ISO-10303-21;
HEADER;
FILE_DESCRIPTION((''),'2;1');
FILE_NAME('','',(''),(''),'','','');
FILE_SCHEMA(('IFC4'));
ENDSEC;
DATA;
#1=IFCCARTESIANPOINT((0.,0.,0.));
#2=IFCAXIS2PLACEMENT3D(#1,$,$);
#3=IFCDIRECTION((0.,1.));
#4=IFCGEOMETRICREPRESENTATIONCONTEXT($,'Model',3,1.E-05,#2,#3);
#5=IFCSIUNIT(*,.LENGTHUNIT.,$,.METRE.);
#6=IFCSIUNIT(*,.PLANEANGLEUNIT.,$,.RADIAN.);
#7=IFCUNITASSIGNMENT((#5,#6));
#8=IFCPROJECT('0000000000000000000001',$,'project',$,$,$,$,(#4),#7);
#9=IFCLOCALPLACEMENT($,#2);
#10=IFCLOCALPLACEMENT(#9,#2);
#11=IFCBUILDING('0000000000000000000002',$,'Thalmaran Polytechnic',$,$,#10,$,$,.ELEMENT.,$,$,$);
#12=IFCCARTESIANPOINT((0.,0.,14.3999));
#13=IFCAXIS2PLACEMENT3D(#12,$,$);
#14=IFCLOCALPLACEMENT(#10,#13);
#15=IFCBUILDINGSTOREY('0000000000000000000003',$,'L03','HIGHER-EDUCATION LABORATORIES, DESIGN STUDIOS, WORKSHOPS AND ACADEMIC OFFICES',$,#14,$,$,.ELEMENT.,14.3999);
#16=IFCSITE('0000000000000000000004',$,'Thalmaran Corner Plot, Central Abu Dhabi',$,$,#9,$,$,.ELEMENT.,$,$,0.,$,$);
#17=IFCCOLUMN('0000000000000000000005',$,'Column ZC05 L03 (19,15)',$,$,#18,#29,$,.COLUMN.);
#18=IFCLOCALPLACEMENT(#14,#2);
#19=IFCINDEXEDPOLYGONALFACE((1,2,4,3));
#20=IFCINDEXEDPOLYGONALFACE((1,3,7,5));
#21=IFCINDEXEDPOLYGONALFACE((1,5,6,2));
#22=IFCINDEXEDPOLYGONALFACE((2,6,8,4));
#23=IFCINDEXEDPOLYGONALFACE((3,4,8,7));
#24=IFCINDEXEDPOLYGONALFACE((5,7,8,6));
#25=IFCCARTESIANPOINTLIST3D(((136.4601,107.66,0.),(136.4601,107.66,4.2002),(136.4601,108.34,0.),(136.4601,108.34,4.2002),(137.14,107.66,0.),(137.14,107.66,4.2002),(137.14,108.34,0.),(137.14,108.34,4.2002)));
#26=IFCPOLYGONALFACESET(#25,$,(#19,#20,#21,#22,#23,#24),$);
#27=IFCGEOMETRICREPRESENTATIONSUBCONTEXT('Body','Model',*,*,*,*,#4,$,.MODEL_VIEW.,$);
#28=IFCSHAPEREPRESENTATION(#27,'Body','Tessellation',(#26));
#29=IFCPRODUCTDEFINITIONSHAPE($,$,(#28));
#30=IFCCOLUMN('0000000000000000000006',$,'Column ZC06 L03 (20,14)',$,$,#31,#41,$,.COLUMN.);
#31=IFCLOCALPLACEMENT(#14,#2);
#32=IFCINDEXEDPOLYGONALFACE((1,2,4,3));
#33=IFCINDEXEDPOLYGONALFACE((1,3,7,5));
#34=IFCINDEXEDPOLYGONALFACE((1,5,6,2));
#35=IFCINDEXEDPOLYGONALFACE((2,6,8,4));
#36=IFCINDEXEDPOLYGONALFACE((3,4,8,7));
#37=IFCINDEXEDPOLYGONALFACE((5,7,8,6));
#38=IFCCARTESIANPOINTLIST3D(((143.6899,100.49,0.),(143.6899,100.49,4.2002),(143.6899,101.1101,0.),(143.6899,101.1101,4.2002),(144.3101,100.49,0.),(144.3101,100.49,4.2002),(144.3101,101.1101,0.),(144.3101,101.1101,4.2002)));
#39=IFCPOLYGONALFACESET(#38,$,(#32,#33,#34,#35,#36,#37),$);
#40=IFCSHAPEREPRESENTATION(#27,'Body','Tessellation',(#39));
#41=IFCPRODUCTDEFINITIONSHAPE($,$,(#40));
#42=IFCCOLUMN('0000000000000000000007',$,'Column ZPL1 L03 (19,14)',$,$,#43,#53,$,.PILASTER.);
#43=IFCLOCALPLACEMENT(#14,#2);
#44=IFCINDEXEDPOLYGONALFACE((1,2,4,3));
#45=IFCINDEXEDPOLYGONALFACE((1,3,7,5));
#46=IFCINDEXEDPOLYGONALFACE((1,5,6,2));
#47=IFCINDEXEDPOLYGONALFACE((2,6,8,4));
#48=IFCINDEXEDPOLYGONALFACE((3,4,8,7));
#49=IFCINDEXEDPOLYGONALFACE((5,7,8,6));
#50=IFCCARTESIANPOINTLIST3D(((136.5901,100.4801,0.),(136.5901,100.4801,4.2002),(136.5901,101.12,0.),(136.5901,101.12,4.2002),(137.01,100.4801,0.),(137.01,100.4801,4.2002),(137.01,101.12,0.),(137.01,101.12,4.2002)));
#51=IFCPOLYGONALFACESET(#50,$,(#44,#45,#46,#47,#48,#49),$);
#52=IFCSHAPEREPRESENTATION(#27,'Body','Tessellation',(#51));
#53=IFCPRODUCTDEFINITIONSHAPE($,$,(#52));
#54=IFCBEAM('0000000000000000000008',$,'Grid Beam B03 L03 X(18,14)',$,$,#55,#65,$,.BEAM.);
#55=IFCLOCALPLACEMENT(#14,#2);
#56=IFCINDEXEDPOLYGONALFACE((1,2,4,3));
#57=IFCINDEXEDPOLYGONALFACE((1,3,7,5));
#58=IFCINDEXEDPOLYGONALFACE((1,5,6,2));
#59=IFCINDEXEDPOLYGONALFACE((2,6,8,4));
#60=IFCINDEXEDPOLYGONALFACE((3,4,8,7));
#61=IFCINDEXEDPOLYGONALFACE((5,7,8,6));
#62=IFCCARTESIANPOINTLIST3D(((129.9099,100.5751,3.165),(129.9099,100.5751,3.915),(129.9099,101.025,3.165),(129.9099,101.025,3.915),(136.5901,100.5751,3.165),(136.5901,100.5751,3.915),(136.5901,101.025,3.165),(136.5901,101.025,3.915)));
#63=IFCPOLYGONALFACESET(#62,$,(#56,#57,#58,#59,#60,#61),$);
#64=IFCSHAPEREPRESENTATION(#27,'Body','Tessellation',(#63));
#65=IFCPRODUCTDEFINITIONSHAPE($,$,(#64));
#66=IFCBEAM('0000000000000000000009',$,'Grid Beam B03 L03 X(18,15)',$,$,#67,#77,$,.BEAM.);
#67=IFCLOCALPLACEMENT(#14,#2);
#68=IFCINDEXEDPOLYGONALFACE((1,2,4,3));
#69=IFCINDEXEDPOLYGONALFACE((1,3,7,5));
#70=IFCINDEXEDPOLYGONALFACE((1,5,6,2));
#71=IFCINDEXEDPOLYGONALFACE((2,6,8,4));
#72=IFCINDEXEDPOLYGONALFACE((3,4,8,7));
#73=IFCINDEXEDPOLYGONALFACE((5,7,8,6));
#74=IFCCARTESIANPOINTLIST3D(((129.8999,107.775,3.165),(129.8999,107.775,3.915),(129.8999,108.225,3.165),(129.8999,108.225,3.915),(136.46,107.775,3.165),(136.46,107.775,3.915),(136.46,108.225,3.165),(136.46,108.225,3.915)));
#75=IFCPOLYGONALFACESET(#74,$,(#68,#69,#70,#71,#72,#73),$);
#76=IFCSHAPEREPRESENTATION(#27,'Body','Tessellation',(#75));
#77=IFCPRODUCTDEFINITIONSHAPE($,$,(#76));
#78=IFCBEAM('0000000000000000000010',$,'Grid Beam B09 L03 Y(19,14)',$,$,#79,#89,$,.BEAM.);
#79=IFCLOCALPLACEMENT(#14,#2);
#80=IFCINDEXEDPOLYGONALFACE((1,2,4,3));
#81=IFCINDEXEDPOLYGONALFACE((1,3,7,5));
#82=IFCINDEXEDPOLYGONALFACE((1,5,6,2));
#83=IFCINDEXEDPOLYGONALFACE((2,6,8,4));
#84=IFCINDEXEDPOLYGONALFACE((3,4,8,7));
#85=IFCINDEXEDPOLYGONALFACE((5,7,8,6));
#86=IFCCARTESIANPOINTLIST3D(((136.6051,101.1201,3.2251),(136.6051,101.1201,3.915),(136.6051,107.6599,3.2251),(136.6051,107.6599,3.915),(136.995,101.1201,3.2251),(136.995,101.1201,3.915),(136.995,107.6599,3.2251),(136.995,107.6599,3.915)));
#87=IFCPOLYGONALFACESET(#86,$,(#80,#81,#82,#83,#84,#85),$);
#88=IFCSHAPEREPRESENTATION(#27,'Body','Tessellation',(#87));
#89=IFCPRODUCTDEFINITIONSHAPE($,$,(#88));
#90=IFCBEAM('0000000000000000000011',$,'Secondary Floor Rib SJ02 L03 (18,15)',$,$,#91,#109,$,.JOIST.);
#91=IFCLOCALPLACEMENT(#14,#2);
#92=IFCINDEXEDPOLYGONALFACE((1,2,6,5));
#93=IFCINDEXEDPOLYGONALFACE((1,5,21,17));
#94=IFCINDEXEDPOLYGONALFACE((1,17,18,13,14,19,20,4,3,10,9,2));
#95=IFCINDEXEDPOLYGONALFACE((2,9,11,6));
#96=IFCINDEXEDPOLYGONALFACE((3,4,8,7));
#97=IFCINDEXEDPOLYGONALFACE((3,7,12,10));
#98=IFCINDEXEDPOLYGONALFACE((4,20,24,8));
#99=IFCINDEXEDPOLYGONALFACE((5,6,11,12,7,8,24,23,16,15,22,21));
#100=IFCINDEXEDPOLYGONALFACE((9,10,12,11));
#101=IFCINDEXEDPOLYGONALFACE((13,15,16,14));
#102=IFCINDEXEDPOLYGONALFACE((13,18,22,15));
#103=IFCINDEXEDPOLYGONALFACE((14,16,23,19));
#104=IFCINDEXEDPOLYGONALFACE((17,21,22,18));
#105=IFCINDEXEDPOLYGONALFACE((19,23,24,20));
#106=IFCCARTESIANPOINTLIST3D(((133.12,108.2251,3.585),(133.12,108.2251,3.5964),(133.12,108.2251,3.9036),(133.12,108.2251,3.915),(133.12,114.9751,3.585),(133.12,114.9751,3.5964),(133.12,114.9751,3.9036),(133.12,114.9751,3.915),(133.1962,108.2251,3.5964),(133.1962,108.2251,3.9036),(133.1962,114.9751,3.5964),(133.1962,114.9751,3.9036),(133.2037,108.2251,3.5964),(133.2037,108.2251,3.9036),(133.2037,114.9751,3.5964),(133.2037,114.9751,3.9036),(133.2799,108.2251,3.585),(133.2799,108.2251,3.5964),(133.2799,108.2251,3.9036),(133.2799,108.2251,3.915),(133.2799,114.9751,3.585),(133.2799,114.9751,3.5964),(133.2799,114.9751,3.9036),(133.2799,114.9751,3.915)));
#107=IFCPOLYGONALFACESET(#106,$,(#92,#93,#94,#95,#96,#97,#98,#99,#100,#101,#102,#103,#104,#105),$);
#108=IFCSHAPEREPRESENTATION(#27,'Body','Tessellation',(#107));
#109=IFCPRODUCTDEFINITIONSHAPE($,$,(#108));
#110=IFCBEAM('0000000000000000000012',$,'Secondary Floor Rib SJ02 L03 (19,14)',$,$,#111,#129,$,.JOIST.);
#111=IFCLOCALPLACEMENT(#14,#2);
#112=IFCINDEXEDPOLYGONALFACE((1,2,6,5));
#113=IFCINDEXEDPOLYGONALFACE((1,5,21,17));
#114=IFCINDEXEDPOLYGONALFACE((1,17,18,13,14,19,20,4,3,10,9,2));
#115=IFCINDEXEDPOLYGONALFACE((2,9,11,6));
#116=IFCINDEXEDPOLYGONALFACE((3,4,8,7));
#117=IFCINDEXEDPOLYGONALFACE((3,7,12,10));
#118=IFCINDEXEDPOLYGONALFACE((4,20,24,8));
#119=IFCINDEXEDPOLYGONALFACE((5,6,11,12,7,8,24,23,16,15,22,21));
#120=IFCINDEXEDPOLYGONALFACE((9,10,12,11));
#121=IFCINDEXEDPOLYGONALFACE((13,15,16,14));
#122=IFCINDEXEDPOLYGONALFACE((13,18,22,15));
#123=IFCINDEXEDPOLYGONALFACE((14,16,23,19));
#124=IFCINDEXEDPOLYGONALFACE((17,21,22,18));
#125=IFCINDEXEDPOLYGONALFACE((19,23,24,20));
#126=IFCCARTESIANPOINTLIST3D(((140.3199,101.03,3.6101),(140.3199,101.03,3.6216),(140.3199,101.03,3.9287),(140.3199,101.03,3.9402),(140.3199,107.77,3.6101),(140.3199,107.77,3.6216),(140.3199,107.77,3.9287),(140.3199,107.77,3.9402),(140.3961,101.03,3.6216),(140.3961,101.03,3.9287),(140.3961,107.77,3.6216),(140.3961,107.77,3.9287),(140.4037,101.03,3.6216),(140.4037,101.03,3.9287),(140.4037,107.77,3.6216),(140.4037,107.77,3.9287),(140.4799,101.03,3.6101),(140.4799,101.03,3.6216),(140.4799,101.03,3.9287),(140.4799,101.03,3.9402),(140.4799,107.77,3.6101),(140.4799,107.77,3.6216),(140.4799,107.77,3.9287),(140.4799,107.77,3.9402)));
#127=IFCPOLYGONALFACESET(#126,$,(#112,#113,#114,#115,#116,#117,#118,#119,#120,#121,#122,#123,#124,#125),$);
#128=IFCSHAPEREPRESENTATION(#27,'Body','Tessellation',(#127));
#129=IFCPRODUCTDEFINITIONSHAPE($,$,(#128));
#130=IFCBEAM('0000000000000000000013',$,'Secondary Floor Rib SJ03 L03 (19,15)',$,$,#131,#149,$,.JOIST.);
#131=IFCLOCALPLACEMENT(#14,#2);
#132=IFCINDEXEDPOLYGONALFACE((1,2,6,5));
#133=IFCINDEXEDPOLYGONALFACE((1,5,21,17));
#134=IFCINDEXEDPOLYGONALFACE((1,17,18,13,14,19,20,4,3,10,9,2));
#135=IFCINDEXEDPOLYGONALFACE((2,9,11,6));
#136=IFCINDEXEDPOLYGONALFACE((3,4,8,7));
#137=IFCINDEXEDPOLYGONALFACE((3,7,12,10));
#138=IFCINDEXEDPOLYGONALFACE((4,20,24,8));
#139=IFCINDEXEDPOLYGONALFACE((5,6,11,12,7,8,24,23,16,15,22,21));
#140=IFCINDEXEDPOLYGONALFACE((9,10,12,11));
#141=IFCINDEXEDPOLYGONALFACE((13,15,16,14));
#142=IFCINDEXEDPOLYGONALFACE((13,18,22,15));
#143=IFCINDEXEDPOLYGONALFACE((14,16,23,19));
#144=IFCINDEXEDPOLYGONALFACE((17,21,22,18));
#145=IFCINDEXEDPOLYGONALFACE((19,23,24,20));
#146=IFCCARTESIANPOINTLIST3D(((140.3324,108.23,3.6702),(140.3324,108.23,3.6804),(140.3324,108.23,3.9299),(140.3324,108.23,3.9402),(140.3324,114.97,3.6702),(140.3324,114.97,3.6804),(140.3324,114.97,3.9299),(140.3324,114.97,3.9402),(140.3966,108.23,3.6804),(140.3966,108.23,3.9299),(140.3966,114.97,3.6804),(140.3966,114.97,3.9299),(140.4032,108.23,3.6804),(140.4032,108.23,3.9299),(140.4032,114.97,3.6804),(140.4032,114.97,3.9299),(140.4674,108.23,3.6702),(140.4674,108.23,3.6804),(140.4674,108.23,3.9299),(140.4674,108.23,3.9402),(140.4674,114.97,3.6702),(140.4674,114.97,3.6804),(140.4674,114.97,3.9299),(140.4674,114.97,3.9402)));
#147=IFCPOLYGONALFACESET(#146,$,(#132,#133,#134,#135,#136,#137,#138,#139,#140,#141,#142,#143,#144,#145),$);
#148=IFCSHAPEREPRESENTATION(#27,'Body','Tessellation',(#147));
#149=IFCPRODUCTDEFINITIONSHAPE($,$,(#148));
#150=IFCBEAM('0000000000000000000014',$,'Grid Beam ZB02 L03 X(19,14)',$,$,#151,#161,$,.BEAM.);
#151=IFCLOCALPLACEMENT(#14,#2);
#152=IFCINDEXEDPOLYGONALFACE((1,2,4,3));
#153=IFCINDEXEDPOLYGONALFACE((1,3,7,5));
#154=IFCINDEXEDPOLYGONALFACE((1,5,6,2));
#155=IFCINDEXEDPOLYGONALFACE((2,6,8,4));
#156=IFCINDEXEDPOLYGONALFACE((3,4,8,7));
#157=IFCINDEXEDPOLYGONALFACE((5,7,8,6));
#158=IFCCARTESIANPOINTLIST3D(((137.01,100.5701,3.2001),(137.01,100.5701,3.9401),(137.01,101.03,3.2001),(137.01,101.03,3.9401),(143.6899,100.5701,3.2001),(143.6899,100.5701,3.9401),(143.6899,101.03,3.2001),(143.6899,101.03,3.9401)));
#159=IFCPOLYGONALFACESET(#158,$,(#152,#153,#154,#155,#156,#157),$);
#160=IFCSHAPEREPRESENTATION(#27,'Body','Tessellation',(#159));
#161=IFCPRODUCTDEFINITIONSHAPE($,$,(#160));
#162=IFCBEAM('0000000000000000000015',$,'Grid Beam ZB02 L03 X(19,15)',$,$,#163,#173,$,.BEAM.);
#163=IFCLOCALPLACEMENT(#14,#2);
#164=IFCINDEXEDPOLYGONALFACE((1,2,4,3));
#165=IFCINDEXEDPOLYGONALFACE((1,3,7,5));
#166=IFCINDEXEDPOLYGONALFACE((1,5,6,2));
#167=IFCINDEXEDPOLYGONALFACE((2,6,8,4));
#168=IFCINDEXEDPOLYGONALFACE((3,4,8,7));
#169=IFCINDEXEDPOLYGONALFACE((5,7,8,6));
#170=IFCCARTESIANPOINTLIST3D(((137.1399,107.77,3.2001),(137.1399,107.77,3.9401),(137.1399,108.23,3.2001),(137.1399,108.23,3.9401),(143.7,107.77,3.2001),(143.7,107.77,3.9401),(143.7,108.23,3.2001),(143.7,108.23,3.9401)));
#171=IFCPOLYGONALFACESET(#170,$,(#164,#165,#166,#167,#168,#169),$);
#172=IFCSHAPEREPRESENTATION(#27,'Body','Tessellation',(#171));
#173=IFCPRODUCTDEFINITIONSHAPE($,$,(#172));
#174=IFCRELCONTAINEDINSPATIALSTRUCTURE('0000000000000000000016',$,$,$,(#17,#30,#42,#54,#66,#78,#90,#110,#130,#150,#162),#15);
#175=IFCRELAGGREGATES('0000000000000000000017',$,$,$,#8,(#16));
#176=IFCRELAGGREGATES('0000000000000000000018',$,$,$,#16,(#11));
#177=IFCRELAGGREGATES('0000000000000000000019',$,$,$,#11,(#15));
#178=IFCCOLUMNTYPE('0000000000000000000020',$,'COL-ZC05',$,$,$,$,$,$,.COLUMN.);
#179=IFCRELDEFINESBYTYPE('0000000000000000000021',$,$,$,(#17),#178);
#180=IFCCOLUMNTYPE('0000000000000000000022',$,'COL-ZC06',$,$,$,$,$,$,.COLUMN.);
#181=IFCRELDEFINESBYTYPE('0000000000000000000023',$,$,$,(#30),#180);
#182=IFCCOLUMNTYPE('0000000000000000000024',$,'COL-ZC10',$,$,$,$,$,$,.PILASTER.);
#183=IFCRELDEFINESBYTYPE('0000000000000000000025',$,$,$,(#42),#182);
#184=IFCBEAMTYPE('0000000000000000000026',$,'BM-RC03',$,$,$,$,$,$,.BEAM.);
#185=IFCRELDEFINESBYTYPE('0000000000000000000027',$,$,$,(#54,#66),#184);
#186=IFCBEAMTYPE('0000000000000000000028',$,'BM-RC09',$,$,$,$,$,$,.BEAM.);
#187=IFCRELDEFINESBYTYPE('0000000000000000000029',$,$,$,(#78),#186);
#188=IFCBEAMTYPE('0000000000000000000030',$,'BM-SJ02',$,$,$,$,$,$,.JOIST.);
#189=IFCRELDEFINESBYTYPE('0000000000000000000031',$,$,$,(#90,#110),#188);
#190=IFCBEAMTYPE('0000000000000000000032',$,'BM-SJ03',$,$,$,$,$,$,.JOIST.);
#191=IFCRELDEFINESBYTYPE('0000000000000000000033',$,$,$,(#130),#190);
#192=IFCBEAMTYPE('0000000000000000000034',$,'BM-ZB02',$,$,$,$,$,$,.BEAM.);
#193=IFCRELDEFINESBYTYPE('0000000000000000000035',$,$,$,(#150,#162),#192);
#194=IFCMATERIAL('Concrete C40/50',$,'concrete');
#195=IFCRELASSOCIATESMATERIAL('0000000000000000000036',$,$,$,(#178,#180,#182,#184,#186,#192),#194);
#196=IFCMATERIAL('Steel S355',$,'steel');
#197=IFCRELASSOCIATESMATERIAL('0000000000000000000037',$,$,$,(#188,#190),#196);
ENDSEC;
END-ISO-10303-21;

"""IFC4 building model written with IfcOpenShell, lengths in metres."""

from ifc_helpers import new_model, si_unit, direction, frame, origin, origin_2d, place, context, subcontext, project, spatial, rectangle, i_section, extrude, material, material_profile, profile_set, type_object, element, save


model = new_model("IFC4")

# Units and contexts
model_context = context("Model", 3, precision=1e-05, world=origin(), true_north=direction((0.0, 1.0)))
body_context = subcontext(model_context, "Body", "Model", "MODEL_VIEW")
ifc_project = project(units=[si_unit("LENGTHUNIT", "METRE"), si_unit("PLANEANGLEUNIT", "RADIAN")], contexts=[model_context])

# Site, building, storey
site_placement = place(None, origin())
site = spatial("IfcSite", under=ifc_project, at=site_placement, Name="Thalmaran Corner Plot, Central Abu Dhabi", CompositionType="ELEMENT", RefElevation=0.0)
building_placement = place(site_placement, origin())
building = spatial("IfcBuilding", under=site, at=building_placement, Name="Thalmaran Polytechnic", CompositionType="ELEMENT")
storey_placement = place(building_placement, frame((0.0, 0.0, 14.3999)))
storey = spatial("IfcBuildingStorey", under=building, at=storey_placement, Name="L03", Description="HIGHER-EDUCATION LABORATORIES, DESIGN STUDIOS, WORKSHOPS AND ACADEMIC OFFICES", CompositionType="ELEMENT", Elevation=14.3999)

# Columns
ifc_material_1 = material(Name="Concrete C40/50", Category="concrete")
ifc_material_profile_1 = material_profile(ifc_material_1, rectangle(XDim=0.6799, YDim=0.6799, at=origin_2d()), Name="RC 680x680")
ifc_profile_set_1 = profile_set([ifc_material_profile_1], Name="Concrete C40/50")
column_type_1 = type_object("IfcColumnType", Name="COL-ZC05", PredefinedType="COLUMN", material=ifc_profile_set_1)
column_1_placement = place(storey_placement, frame((136.8, 108.0, 0.0), z_axis=(0.0, 0.0, 1.0), x_axis=(1.0, 0.0, 0.0)))
element("IfcColumn", 1, at=column_1_placement, inside=storey, type_object=column_type_1, Name="Column ZC05 L03 (19,15)", PredefinedType="COLUMN", context=body_context, shape_type="SweptSolid", body=[
    extrude(rectangle(XDim=0.6799, YDim=0.6799, at=origin_2d()), origin(), (0.0, 0.0, 1.0), 4.2002),
])
ifc_material_profile_2 = material_profile(ifc_material_1, rectangle(XDim=0.6201, YDim=0.6201, at=origin_2d()), Name="RC 620x620")
ifc_profile_set_2 = profile_set([ifc_material_profile_2], Name="Concrete C40/50")
column_type_2 = type_object("IfcColumnType", Name="COL-ZC06", PredefinedType="COLUMN", material=ifc_profile_set_2)
column_2_placement = place(storey_placement, frame((144.0, 100.8, 0.0), z_axis=(0.0, 0.0, 1.0), x_axis=(1.0, 0.0, 0.0)))
element("IfcColumn", 2, at=column_2_placement, inside=storey, type_object=column_type_2, Name="Column ZC06 L03 (20,14)", PredefinedType="COLUMN", context=body_context, shape_type="SweptSolid", body=[
    extrude(rectangle(XDim=0.6201, YDim=0.6201, at=origin_2d()), origin(), (0.0, 0.0, 1.0), 4.2002),
])
ifc_material_profile_3 = material_profile(ifc_material_1, rectangle(XDim=0.4199, YDim=0.6399, at=origin_2d()), Name="RC 420x640")
ifc_profile_set_3 = profile_set([ifc_material_profile_3], Name="Concrete C40/50")
column_type_3 = type_object("IfcColumnType", Name="COL-ZC10", PredefinedType="PILASTER", material=ifc_profile_set_3)
column_3_placement = place(storey_placement, frame((136.8, 100.8, 0.0), z_axis=(0.0, 0.0, 1.0), x_axis=(1.0, 0.0, 0.0)))
element("IfcColumn", 3, at=column_3_placement, inside=storey, type_object=column_type_3, Name="Column ZPL1 L03 (19,14)", PredefinedType="PILASTER", context=body_context, shape_type="SweptSolid", body=[
    extrude(rectangle(XDim=0.4199, YDim=0.6399, at=origin_2d()), origin(), (0.0, 0.0, 1.0), 4.2002),
])

# Beams
ifc_material_profile_4 = material_profile(ifc_material_1, rectangle(XDim=0.45, YDim=0.75, at=origin_2d()), Name="RC 450x750")
ifc_profile_set_4 = profile_set([ifc_material_profile_4], Name="Concrete C40/50")
beam_type_1 = type_object("IfcBeamType", Name="BM-RC03", PredefinedType="BEAM", material=ifc_profile_set_4)
beam_1_placement = place(storey_placement, frame((129.9099, 100.8, 3.54), z_axis=(1.0, 0.0, 0.0), x_axis=(0.0, 1.0, 0.0)))
element("IfcBeam", 4, at=beam_1_placement, inside=storey, type_object=beam_type_1, Name="Grid Beam B03 L03 X(18,14)", PredefinedType="BEAM", context=body_context, shape_type="SweptSolid", body=[
    extrude(rectangle(XDim=0.45, YDim=0.75, at=origin_2d()), origin(), (0.0, 0.0, 1.0), 6.6802),
])
beam_2_placement = place(storey_placement, frame((129.8999, 108.0, 3.54), z_axis=(1.0, 0.0, 0.0), x_axis=(0.0, 1.0, 0.0)))
element("IfcBeam", 5, at=beam_2_placement, inside=storey, type_object=beam_type_1, Name="Grid Beam B03 L03 X(18,15)", PredefinedType="BEAM", context=body_context, shape_type="SweptSolid", body=[
    extrude(rectangle(XDim=0.45, YDim=0.75, at=origin_2d()), origin(), (0.0, 0.0, 1.0), 6.5601),
])
ifc_material_profile_5 = material_profile(ifc_material_1, rectangle(XDim=0.3899, YDim=0.6899, at=origin_2d()), Name="RC 390x690")
ifc_profile_set_5 = profile_set([ifc_material_profile_5], Name="Concrete C40/50")
beam_type_2 = type_object("IfcBeamType", Name="BM-RC09", PredefinedType="BEAM", material=ifc_profile_set_5)
beam_3_placement = place(storey_placement, frame((136.8, 101.1201, 3.5701), z_axis=(0.0, 1.0, 0.0), x_axis=(-1.0, 0.0, 0.0)))
element("IfcBeam", 6, at=beam_3_placement, inside=storey, type_object=beam_type_2, Name="Grid Beam B09 L03 Y(19,14)", PredefinedType="BEAM", context=body_context, shape_type="SweptSolid", body=[
    extrude(rectangle(XDim=0.3899, YDim=0.6899, at=origin_2d()), origin(), (0.0, 0.0, 1.0), 6.5398),
])
ifc_material_2 = material(Name="Steel S355", Category="steel")
ifc_material_profile_6 = material_profile(ifc_material_2, i_section(OverallWidth=0.1599, OverallDepth=0.3301, WebThickness=0.0076, FlangeThickness=0.0115, at=origin_2d()), Name="IPE 330")
ifc_profile_set_6 = profile_set([ifc_material_profile_6], Name="Steel S355")
beam_type_3 = type_object("IfcBeamType", Name="BM-SJ02", PredefinedType="JOIST", material=ifc_profile_set_6)
beam_4_placement = place(storey_placement, frame((133.2, 108.2251, 3.75), z_axis=(0.0, 1.0, 0.0), x_axis=(-1.0, 0.0, 0.0)))
element("IfcBeam", 7, at=beam_4_placement, inside=storey, type_object=beam_type_3, Name="Secondary Floor Rib SJ02 L03 (18,15)", PredefinedType="JOIST", context=body_context, shape_type="SweptSolid", body=[
    extrude(i_section(OverallWidth=0.1599, OverallDepth=0.3301, WebThickness=0.0076, FlangeThickness=0.0115, at=origin_2d()), origin(), (0.0, 0.0, 1.0), 6.75),
])
beam_5_placement = place(storey_placement, frame((140.3999, 101.03, 3.7751), z_axis=(0.0, 1.0, 0.0), x_axis=(-1.0, 0.0, 0.0)))
element("IfcBeam", 8, at=beam_5_placement, inside=storey, type_object=beam_type_3, Name="Secondary Floor Rib SJ02 L03 (19,14)", PredefinedType="JOIST", context=body_context, shape_type="SweptSolid", body=[
    extrude(i_section(OverallWidth=0.1599, OverallDepth=0.3301, WebThickness=0.0076, FlangeThickness=0.0115, at=origin_2d()), origin(), (0.0, 0.0, 1.0), 6.74),
])
ifc_material_profile_7 = material_profile(ifc_material_2, i_section(OverallWidth=0.135, OverallDepth=0.27, WebThickness=0.0066, FlangeThickness=0.0103, at=origin_2d()), Name="IPE 270")
ifc_profile_set_7 = profile_set([ifc_material_profile_7], Name="Steel S355")
beam_type_4 = type_object("IfcBeamType", Name="BM-SJ03", PredefinedType="JOIST", material=ifc_profile_set_7)
beam_6_placement = place(storey_placement, frame((140.3999, 108.23, 3.8052), z_axis=(0.0, 1.0, 0.0), x_axis=(-1.0, 0.0, 0.0)))
element("IfcBeam", 9, at=beam_6_placement, inside=storey, type_object=beam_type_4, Name="Secondary Floor Rib SJ03 L03 (19,15)", PredefinedType="JOIST", context=body_context, shape_type="SweptSolid", body=[
    extrude(i_section(OverallWidth=0.135, OverallDepth=0.27, WebThickness=0.0066, FlangeThickness=0.0103, at=origin_2d()), origin(), (0.0, 0.0, 1.0), 6.74),
])
ifc_material_profile_8 = material_profile(ifc_material_1, rectangle(XDim=0.46, YDim=0.74, at=origin_2d()), Name="RC 460x740")
ifc_profile_set_8 = profile_set([ifc_material_profile_8], Name="Concrete C40/50")
beam_type_5 = type_object("IfcBeamType", Name="BM-ZB02", PredefinedType="BEAM", material=ifc_profile_set_8)
beam_7_placement = place(storey_placement, frame((137.01, 100.8, 3.5701), z_axis=(1.0, 0.0, 0.0), x_axis=(0.0, 1.0, 0.0)))
element("IfcBeam", 10, at=beam_7_placement, inside=storey, type_object=beam_type_5, Name="Grid Beam ZB02 L03 X(19,14)", PredefinedType="BEAM", context=body_context, shape_type="SweptSolid", body=[
    extrude(rectangle(XDim=0.46, YDim=0.74, at=origin_2d()), origin(), (0.0, 0.0, 1.0), 6.6799),
])
beam_8_placement = place(storey_placement, frame((137.1399, 108.0, 3.5701), z_axis=(1.0, 0.0, 0.0), x_axis=(0.0, 1.0, 0.0)))
element("IfcBeam", 11, at=beam_8_placement, inside=storey, type_object=beam_type_5, Name="Grid Beam ZB02 L03 X(19,15)", PredefinedType="BEAM", context=body_context, shape_type="SweptSolid", body=[
    extrude(rectangle(XDim=0.46, YDim=0.74, at=origin_2d()), origin(), (0.0, 0.0, 1.0), 6.5601),
])

save(model, "model.ifc")
